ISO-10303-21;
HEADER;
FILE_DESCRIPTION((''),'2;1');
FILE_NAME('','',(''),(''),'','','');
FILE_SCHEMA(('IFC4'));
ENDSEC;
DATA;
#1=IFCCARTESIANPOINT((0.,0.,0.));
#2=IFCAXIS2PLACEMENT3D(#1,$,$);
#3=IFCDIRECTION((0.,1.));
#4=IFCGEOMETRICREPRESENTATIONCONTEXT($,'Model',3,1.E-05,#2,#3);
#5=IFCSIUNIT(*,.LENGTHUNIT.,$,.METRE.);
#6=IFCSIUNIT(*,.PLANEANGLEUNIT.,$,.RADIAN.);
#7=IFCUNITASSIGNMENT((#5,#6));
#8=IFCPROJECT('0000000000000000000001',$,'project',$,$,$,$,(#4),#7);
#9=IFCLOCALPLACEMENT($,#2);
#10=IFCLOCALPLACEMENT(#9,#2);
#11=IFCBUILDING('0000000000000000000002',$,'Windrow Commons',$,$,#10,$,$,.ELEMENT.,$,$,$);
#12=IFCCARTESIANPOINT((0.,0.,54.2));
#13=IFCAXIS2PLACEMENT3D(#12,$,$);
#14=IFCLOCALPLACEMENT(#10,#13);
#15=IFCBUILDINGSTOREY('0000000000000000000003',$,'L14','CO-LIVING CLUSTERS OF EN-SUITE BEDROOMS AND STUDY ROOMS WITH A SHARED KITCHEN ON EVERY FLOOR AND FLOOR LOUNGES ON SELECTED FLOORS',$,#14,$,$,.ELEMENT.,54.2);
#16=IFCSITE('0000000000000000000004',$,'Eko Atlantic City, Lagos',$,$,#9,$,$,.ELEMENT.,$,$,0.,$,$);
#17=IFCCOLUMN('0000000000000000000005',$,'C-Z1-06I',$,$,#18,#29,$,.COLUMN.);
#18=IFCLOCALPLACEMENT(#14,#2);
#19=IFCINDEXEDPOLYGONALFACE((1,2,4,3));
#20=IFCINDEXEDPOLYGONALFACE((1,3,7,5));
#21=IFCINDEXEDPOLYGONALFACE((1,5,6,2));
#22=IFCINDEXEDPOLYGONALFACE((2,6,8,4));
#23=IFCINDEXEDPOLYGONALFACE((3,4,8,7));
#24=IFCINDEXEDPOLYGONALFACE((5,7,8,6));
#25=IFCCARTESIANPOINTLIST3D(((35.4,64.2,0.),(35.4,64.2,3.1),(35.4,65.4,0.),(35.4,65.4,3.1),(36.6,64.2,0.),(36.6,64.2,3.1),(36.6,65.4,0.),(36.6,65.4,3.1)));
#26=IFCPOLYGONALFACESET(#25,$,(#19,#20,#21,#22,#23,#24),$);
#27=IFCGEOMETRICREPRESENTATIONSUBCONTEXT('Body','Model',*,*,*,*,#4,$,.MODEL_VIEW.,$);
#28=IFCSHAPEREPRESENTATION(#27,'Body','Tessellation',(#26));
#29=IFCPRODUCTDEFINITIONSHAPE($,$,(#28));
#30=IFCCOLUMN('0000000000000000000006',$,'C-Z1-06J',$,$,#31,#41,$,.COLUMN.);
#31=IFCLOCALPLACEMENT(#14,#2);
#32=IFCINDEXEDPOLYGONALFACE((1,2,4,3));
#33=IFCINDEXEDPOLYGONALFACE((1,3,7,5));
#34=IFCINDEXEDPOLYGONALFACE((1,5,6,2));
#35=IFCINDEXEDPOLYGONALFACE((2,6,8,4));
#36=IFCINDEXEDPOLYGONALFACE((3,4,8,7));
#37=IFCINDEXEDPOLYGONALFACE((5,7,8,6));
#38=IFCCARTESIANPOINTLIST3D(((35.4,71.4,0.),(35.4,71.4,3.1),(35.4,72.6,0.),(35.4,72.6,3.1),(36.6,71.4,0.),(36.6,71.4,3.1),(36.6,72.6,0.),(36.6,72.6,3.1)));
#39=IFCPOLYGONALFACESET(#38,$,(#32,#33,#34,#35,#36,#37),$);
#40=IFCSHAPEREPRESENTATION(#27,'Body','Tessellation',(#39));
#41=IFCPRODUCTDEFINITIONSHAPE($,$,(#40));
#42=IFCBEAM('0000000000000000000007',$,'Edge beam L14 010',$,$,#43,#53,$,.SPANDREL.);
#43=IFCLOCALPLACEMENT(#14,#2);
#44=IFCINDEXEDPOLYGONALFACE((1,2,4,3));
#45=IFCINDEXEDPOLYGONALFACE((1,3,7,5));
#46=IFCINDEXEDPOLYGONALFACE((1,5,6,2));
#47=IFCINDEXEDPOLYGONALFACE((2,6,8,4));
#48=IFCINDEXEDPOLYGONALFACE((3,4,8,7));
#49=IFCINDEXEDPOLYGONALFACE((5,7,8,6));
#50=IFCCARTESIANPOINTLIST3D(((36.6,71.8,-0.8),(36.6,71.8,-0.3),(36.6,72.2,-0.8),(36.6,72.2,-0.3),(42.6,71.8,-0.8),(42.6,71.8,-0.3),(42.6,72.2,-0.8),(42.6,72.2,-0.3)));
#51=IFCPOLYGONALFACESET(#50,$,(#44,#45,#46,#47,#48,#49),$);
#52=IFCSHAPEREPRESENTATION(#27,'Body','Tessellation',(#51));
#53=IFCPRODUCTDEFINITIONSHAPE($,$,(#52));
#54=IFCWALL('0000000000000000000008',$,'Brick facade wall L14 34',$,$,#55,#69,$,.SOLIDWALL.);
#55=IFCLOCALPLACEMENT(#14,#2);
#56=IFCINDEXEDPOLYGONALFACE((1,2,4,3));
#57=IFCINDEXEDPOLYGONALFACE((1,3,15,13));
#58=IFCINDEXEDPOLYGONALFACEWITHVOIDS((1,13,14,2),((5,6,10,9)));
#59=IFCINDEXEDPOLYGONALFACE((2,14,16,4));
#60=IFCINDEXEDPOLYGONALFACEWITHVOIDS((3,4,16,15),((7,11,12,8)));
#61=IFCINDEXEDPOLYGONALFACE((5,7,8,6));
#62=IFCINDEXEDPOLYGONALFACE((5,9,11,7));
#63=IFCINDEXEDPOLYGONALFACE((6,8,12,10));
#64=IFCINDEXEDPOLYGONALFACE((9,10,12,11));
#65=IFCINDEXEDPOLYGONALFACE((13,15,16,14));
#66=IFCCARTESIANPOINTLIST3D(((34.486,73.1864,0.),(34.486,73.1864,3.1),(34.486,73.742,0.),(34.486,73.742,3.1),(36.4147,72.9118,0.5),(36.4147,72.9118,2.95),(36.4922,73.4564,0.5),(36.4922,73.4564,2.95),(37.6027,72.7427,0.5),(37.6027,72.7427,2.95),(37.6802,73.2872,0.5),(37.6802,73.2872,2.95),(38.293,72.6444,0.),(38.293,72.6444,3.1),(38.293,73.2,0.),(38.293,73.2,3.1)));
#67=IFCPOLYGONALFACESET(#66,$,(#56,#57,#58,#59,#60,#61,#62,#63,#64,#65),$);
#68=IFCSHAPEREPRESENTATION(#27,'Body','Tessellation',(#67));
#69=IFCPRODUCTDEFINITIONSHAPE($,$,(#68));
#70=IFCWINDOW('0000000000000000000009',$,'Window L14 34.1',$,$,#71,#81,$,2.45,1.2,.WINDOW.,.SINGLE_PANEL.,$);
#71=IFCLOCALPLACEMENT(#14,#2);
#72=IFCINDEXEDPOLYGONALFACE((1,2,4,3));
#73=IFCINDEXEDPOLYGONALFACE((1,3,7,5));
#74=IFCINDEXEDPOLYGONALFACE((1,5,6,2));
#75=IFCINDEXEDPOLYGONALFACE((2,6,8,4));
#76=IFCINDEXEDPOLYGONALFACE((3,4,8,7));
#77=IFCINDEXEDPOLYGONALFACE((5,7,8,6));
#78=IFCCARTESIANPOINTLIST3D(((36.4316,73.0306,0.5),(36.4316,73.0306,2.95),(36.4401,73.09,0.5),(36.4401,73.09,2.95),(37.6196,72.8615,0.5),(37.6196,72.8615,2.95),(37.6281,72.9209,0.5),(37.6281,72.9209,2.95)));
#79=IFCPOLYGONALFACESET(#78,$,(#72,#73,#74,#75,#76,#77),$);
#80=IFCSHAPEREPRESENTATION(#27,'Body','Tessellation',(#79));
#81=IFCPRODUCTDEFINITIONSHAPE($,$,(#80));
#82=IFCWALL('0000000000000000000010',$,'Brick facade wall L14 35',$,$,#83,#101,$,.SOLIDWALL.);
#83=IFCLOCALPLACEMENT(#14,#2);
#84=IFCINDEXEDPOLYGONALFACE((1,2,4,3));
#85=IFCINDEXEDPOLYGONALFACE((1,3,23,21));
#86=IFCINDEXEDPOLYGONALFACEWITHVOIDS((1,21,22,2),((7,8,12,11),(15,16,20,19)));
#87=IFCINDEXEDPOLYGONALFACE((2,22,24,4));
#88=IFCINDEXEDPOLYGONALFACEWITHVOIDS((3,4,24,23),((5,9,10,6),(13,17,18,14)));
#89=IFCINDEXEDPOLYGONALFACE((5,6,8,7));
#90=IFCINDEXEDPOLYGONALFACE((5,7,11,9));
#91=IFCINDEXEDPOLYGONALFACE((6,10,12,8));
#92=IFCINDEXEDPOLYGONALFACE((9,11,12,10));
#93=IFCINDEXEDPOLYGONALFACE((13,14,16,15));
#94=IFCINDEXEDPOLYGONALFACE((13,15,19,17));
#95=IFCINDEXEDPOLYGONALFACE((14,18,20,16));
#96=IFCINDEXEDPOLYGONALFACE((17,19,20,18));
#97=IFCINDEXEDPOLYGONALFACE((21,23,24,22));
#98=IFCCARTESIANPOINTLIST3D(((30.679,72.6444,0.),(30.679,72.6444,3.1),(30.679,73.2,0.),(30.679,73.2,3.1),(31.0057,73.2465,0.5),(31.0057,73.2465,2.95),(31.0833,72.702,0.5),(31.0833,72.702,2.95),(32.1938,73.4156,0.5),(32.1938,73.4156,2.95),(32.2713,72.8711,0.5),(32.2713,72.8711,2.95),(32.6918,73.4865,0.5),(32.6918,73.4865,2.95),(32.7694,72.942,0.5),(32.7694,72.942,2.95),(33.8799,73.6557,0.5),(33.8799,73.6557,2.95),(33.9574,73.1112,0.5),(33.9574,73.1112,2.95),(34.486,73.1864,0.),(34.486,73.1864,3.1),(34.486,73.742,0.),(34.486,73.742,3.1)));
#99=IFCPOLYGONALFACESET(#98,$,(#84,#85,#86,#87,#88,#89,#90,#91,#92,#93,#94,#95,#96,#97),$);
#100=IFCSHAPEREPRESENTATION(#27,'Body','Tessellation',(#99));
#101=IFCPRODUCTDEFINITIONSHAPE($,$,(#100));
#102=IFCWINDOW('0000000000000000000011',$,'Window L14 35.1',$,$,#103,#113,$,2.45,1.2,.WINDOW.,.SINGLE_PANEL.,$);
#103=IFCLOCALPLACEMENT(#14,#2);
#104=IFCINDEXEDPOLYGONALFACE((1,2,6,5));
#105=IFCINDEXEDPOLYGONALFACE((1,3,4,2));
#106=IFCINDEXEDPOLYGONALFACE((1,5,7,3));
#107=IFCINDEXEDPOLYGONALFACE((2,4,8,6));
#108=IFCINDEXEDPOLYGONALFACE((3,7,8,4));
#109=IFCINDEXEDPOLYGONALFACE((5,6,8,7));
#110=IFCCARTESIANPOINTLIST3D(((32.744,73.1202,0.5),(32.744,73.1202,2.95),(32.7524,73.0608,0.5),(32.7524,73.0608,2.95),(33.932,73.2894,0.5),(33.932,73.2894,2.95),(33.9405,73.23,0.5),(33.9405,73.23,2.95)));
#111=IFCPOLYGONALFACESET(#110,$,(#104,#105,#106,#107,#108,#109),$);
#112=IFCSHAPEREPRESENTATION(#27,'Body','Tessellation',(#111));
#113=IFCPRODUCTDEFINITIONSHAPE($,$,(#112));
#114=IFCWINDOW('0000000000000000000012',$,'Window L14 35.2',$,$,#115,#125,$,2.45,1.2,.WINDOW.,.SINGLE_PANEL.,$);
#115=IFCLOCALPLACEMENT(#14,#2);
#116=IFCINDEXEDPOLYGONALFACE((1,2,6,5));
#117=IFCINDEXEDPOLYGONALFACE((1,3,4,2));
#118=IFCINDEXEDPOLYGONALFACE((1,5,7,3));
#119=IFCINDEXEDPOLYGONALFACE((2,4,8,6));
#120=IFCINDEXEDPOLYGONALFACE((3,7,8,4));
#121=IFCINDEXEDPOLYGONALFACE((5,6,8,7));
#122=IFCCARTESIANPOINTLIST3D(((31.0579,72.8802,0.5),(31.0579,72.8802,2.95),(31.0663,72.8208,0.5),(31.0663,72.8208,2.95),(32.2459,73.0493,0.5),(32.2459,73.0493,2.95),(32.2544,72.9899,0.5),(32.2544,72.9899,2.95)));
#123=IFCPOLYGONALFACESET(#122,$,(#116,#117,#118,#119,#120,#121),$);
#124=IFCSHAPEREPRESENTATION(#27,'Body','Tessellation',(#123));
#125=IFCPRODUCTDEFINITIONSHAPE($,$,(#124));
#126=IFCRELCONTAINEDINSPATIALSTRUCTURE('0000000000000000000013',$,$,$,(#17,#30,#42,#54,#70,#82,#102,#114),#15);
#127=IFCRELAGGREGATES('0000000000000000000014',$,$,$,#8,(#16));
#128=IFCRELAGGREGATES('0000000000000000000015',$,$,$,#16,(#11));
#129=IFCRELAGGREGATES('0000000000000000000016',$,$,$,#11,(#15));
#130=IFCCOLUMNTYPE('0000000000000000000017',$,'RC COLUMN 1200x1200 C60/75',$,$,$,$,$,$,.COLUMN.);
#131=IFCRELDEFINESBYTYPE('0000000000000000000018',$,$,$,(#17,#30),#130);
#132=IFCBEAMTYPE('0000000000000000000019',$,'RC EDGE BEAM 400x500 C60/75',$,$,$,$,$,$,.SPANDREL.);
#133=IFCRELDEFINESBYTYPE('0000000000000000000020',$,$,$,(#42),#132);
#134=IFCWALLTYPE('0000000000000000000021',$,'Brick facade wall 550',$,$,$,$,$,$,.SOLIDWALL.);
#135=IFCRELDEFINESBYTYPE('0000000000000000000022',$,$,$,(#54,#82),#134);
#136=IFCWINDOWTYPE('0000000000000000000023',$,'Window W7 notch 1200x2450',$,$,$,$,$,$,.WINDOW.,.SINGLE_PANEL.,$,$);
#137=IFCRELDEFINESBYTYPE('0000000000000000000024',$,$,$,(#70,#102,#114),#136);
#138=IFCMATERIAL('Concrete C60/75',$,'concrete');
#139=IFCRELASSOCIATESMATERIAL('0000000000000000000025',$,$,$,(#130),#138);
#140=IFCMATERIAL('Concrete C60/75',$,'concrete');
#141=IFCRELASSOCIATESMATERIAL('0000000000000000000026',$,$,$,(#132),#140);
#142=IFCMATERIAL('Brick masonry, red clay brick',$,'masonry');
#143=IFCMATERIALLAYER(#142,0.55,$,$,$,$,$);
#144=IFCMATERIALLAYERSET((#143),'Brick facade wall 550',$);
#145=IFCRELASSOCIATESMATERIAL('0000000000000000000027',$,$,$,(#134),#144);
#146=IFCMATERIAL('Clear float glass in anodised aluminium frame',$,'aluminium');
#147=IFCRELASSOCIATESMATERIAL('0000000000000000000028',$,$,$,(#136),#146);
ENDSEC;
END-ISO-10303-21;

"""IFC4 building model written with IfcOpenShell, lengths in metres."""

from ifc_helpers import new_model, si_unit, direction, frame, frame_2d, origin, origin_2d, place, context, subcontext, project, spatial, polyline, rectangle, outline, extrude, material, layer, layer_set, material_profile, profile_set, type_object, element, fill, save


model = new_model("IFC4")

# Units and contexts
model_context = context("Model", 3, precision=1e-05, world=origin(), true_north=direction((0.0, 1.0)))
body_context = subcontext(model_context, "Body", "Model", "MODEL_VIEW")
ifc_project = project(units=[si_unit("LENGTHUNIT", "METRE"), si_unit("PLANEANGLEUNIT", "RADIAN")], contexts=[model_context])

# Site, building, storey
site_placement = place(None, origin())
site = spatial("IfcSite", under=ifc_project, at=site_placement, Name="Eko Atlantic City, Lagos", CompositionType="ELEMENT", RefElevation=0.0)
building_placement = place(site_placement, origin())
building = spatial("IfcBuilding", under=site, at=building_placement, Name="Windrow Commons", CompositionType="ELEMENT")
storey_placement = place(building_placement, frame((0.0, 0.0, 54.2)))
storey = spatial("IfcBuildingStorey", under=building, at=storey_placement, Name="L14", Description="CO-LIVING CLUSTERS OF EN-SUITE BEDROOMS AND STUDY ROOMS WITH A SHARED KITCHEN ON EVERY FLOOR AND FLOOR LOUNGES ON SELECTED FLOORS", CompositionType="ELEMENT", Elevation=54.2)

# Columns
ifc_material_1 = material(Name="Concrete C60/75", Category="concrete")
ifc_material_profile_1 = material_profile(ifc_material_1, rectangle(XDim=1.2, YDim=1.2, at=origin_2d()))
ifc_profile_set_1 = profile_set([ifc_material_profile_1], Name="Concrete C60/75")
column_type = type_object("IfcColumnType", Name="RC COLUMN 1200x1200 C60/75", PredefinedType="COLUMN", material=ifc_profile_set_1)
for number, where, z_axis, x_axis, name in (
    (1, (36.0, 64.8, 0.0), (0.0, 0.0, 1.0), (1.0, 0.0, 0.0), "C-Z1-06I"),
    (2, (36.0, 72.0, 0.0), (0.0, 0.0, 1.0), (1.0, 0.0, 0.0), "C-Z1-06J"),
):
    element("IfcColumn", number, at=place(storey_placement, frame(where, z_axis=z_axis, x_axis=x_axis)), inside=storey, type_object=column_type, Name=name, PredefinedType="COLUMN", context=body_context, shape_type="SweptSolid", body=[
        extrude(rectangle(XDim=1.2, YDim=1.2, at=origin_2d()), origin(), (0.0, 0.0, 1.0), 3.1),
    ])

# Beam
ifc_material_2 = material(Name="Concrete C60/75", Category="concrete")
ifc_material_profile_2 = material_profile(ifc_material_2, rectangle(XDim=0.4, YDim=0.5, at=origin_2d()))
ifc_profile_set_2 = profile_set([ifc_material_profile_2], Name="Concrete C60/75")
beam_type = type_object("IfcBeamType", Name="RC EDGE BEAM 400x500 C60/75", PredefinedType="SPANDREL", material=ifc_profile_set_2)
beam_placement = place(storey_placement, frame((36.6, 72.0, -0.55), z_axis=(1.0, 0.0, 0.0), x_axis=(0.0, 1.0, 0.0)))
element("IfcBeam", 3, at=beam_placement, inside=storey, type_object=beam_type, Name="Edge beam L14 010", PredefinedType="SPANDREL", context=body_context, shape_type="SweptSolid", body=[
    extrude(rectangle(XDim=0.4, YDim=0.5, at=origin_2d()), origin(), (0.0, 0.0, 1.0), 6.0),
])

# Wall, opening, window
ifc_material_3 = material(Name="Brick masonry, red clay brick", Category="masonry")
ifc_layer_1 = layer(ifc_material_3, 0.55)
ifc_layer_set_1 = layer_set([ifc_layer_1], Name="Brick facade wall 550")
wall_type_1 = type_object("IfcWallType", Name="Brick facade wall 550", PredefinedType="SOLIDWALL", material=ifc_layer_set_1)
wall_1_placement = place(storey_placement, frame((38.293, 72.9222, 0.0), z_axis=(0.0, 0.0, 1.0), x_axis=(-0.990017, 0.140948, 0.0)))
wall_1 = element("IfcWall", 4, at=wall_1_placement, inside=storey, type_object=wall_type_1, Name="Brick facade wall L14 34", PredefinedType="SOLIDWALL", context=body_context, shape_type="SweptSolid", body=[
    extrude(outline(polyline([(0.0392, -0.275), (3.8845, -0.275), (3.8062, 0.275), (-0.0392, 0.275), (0.0392, -0.275)])), origin(), (0.0, 0.0, 1.0), 3.1),
])
opening_1_placement = place(wall_1_placement, frame((0.6581, 0.0, 0.5)))
opening_1 = element("IfcOpeningElement", 5, at=opening_1_placement, cuts=wall_1, PredefinedType="OPENING", context=body_context, shape_type="SweptSolid", body=[
    extrude(rectangle(XDim=1.2, YDim=2.45, at=frame_2d((0.6, 1.225))), frame((0.0, 0.285, 0.0), z_axis=(0.0, -1.0, 0.0), x_axis=(1.0, 0.0, 0.0)), (0.0, 0.0, 1.0), 0.57),
])
ifc_material_4 = material(Name="Clear float glass in anodised aluminium frame", Category="aluminium")
window_type = type_object("IfcWindowType", Name="Window W7 notch 1200x2450", PartitioningType="SINGLE_PANEL", PredefinedType="WINDOW", material=ifc_material_4)
window_1_placement = place(opening_1_placement, origin())
window_1 = element("IfcWindow", 6, at=window_1_placement, inside=storey, type_object=window_type, Name="Window L14 34.1", OverallHeight=2.45, OverallWidth=1.2, PartitioningType="SINGLE_PANEL", PredefinedType="WINDOW", context=body_context, shape_type="SweptSolid", body=[
    extrude(rectangle(XDim=1.2, YDim=2.45, at=frame_2d((0.6, 1.225))), frame((0.0, 0.155, 0.0), z_axis=(0.0, -1.0, 0.0), x_axis=(1.0, 0.0, 0.0)), (0.0, 0.0, 1.0), 0.06),
])
fill(opening_1, window_1)

# Wall, openings, windows
wall_2_placement = place(storey_placement, frame((34.486, 73.4642, 0.0), z_axis=(0.0, 0.0, 1.0), x_axis=(-0.990017, -0.140948, 0.0)))
wall_2 = element("IfcWall", 7, at=wall_2_placement, inside=storey, type_object=wall_type_1, Name="Brick facade wall L14 35", PredefinedType="SOLIDWALL", context=body_context, shape_type="SweptSolid", body=[
    extrude(outline(polyline([(-0.0392, -0.275), (3.8062, -0.275), (3.8845, 0.275), (0.0392, 0.275), (-0.0392, -0.275)])), origin(), (0.0, 0.0, 1.0), 3.1),
])
opening_2_placement = place(wall_2_placement, frame((0.5731, 0.0, 0.5)))
opening_2 = element("IfcOpeningElement", 8, at=opening_2_placement, cuts=wall_2, PredefinedType="OPENING", context=body_context, shape_type="SweptSolid", body=[
    extrude(rectangle(XDim=1.2, YDim=2.45, at=frame_2d((0.6, 1.225))), frame((0.0, 0.285, 0.0), z_axis=(0.0, -1.0, 0.0), x_axis=(1.0, 0.0, 0.0)), (0.0, 0.0, 1.0), 0.57),
])
opening_3_placement = place(wall_2_placement, frame((2.2762, 0.0, 0.5)))
opening_3 = element("IfcOpeningElement", 9, at=opening_3_placement, cuts=wall_2, PredefinedType="OPENING", context=body_context, shape_type="SweptSolid", body=[
    extrude(rectangle(XDim=1.2, YDim=2.45, at=frame_2d((0.6, 1.225))), frame((0.0, 0.285, 0.0), z_axis=(0.0, -1.0, 0.0), x_axis=(1.0, 0.0, 0.0)), (0.0, 0.0, 1.0), 0.57),
])
window_2_placement = place(opening_2_placement, origin())
window_2 = element("IfcWindow", 10, at=window_2_placement, inside=storey, type_object=window_type, Name="Window L14 35.1", OverallHeight=2.45, OverallWidth=1.2, PartitioningType="SINGLE_PANEL", PredefinedType="WINDOW", context=body_context, shape_type="SweptSolid", body=[
    extrude(rectangle(XDim=1.2, YDim=2.45, at=frame_2d((0.6, 1.225))), frame((0.0, 0.155, 0.0), z_axis=(0.0, -1.0, 0.0), x_axis=(1.0, 0.0, 0.0)), (0.0, 0.0, 1.0), 0.06),
])
fill(opening_2, window_2)
window_3_placement = place(opening_3_placement, origin())
window_3 = element("IfcWindow", 11, at=window_3_placement, inside=storey, type_object=window_type, Name="Window L14 35.2", OverallHeight=2.45, OverallWidth=1.2, PartitioningType="SINGLE_PANEL", PredefinedType="WINDOW", context=body_context, shape_type="SweptSolid", body=[
    extrude(rectangle(XDim=1.2, YDim=2.45, at=frame_2d((0.6, 1.225))), frame((0.0, 0.155, 0.0), z_axis=(0.0, -1.0, 0.0), x_axis=(1.0, 0.0, 0.0)), (0.0, 0.0, 1.0), 0.06),
])
fill(opening_3, window_3)

save(model, "model.ifc")
